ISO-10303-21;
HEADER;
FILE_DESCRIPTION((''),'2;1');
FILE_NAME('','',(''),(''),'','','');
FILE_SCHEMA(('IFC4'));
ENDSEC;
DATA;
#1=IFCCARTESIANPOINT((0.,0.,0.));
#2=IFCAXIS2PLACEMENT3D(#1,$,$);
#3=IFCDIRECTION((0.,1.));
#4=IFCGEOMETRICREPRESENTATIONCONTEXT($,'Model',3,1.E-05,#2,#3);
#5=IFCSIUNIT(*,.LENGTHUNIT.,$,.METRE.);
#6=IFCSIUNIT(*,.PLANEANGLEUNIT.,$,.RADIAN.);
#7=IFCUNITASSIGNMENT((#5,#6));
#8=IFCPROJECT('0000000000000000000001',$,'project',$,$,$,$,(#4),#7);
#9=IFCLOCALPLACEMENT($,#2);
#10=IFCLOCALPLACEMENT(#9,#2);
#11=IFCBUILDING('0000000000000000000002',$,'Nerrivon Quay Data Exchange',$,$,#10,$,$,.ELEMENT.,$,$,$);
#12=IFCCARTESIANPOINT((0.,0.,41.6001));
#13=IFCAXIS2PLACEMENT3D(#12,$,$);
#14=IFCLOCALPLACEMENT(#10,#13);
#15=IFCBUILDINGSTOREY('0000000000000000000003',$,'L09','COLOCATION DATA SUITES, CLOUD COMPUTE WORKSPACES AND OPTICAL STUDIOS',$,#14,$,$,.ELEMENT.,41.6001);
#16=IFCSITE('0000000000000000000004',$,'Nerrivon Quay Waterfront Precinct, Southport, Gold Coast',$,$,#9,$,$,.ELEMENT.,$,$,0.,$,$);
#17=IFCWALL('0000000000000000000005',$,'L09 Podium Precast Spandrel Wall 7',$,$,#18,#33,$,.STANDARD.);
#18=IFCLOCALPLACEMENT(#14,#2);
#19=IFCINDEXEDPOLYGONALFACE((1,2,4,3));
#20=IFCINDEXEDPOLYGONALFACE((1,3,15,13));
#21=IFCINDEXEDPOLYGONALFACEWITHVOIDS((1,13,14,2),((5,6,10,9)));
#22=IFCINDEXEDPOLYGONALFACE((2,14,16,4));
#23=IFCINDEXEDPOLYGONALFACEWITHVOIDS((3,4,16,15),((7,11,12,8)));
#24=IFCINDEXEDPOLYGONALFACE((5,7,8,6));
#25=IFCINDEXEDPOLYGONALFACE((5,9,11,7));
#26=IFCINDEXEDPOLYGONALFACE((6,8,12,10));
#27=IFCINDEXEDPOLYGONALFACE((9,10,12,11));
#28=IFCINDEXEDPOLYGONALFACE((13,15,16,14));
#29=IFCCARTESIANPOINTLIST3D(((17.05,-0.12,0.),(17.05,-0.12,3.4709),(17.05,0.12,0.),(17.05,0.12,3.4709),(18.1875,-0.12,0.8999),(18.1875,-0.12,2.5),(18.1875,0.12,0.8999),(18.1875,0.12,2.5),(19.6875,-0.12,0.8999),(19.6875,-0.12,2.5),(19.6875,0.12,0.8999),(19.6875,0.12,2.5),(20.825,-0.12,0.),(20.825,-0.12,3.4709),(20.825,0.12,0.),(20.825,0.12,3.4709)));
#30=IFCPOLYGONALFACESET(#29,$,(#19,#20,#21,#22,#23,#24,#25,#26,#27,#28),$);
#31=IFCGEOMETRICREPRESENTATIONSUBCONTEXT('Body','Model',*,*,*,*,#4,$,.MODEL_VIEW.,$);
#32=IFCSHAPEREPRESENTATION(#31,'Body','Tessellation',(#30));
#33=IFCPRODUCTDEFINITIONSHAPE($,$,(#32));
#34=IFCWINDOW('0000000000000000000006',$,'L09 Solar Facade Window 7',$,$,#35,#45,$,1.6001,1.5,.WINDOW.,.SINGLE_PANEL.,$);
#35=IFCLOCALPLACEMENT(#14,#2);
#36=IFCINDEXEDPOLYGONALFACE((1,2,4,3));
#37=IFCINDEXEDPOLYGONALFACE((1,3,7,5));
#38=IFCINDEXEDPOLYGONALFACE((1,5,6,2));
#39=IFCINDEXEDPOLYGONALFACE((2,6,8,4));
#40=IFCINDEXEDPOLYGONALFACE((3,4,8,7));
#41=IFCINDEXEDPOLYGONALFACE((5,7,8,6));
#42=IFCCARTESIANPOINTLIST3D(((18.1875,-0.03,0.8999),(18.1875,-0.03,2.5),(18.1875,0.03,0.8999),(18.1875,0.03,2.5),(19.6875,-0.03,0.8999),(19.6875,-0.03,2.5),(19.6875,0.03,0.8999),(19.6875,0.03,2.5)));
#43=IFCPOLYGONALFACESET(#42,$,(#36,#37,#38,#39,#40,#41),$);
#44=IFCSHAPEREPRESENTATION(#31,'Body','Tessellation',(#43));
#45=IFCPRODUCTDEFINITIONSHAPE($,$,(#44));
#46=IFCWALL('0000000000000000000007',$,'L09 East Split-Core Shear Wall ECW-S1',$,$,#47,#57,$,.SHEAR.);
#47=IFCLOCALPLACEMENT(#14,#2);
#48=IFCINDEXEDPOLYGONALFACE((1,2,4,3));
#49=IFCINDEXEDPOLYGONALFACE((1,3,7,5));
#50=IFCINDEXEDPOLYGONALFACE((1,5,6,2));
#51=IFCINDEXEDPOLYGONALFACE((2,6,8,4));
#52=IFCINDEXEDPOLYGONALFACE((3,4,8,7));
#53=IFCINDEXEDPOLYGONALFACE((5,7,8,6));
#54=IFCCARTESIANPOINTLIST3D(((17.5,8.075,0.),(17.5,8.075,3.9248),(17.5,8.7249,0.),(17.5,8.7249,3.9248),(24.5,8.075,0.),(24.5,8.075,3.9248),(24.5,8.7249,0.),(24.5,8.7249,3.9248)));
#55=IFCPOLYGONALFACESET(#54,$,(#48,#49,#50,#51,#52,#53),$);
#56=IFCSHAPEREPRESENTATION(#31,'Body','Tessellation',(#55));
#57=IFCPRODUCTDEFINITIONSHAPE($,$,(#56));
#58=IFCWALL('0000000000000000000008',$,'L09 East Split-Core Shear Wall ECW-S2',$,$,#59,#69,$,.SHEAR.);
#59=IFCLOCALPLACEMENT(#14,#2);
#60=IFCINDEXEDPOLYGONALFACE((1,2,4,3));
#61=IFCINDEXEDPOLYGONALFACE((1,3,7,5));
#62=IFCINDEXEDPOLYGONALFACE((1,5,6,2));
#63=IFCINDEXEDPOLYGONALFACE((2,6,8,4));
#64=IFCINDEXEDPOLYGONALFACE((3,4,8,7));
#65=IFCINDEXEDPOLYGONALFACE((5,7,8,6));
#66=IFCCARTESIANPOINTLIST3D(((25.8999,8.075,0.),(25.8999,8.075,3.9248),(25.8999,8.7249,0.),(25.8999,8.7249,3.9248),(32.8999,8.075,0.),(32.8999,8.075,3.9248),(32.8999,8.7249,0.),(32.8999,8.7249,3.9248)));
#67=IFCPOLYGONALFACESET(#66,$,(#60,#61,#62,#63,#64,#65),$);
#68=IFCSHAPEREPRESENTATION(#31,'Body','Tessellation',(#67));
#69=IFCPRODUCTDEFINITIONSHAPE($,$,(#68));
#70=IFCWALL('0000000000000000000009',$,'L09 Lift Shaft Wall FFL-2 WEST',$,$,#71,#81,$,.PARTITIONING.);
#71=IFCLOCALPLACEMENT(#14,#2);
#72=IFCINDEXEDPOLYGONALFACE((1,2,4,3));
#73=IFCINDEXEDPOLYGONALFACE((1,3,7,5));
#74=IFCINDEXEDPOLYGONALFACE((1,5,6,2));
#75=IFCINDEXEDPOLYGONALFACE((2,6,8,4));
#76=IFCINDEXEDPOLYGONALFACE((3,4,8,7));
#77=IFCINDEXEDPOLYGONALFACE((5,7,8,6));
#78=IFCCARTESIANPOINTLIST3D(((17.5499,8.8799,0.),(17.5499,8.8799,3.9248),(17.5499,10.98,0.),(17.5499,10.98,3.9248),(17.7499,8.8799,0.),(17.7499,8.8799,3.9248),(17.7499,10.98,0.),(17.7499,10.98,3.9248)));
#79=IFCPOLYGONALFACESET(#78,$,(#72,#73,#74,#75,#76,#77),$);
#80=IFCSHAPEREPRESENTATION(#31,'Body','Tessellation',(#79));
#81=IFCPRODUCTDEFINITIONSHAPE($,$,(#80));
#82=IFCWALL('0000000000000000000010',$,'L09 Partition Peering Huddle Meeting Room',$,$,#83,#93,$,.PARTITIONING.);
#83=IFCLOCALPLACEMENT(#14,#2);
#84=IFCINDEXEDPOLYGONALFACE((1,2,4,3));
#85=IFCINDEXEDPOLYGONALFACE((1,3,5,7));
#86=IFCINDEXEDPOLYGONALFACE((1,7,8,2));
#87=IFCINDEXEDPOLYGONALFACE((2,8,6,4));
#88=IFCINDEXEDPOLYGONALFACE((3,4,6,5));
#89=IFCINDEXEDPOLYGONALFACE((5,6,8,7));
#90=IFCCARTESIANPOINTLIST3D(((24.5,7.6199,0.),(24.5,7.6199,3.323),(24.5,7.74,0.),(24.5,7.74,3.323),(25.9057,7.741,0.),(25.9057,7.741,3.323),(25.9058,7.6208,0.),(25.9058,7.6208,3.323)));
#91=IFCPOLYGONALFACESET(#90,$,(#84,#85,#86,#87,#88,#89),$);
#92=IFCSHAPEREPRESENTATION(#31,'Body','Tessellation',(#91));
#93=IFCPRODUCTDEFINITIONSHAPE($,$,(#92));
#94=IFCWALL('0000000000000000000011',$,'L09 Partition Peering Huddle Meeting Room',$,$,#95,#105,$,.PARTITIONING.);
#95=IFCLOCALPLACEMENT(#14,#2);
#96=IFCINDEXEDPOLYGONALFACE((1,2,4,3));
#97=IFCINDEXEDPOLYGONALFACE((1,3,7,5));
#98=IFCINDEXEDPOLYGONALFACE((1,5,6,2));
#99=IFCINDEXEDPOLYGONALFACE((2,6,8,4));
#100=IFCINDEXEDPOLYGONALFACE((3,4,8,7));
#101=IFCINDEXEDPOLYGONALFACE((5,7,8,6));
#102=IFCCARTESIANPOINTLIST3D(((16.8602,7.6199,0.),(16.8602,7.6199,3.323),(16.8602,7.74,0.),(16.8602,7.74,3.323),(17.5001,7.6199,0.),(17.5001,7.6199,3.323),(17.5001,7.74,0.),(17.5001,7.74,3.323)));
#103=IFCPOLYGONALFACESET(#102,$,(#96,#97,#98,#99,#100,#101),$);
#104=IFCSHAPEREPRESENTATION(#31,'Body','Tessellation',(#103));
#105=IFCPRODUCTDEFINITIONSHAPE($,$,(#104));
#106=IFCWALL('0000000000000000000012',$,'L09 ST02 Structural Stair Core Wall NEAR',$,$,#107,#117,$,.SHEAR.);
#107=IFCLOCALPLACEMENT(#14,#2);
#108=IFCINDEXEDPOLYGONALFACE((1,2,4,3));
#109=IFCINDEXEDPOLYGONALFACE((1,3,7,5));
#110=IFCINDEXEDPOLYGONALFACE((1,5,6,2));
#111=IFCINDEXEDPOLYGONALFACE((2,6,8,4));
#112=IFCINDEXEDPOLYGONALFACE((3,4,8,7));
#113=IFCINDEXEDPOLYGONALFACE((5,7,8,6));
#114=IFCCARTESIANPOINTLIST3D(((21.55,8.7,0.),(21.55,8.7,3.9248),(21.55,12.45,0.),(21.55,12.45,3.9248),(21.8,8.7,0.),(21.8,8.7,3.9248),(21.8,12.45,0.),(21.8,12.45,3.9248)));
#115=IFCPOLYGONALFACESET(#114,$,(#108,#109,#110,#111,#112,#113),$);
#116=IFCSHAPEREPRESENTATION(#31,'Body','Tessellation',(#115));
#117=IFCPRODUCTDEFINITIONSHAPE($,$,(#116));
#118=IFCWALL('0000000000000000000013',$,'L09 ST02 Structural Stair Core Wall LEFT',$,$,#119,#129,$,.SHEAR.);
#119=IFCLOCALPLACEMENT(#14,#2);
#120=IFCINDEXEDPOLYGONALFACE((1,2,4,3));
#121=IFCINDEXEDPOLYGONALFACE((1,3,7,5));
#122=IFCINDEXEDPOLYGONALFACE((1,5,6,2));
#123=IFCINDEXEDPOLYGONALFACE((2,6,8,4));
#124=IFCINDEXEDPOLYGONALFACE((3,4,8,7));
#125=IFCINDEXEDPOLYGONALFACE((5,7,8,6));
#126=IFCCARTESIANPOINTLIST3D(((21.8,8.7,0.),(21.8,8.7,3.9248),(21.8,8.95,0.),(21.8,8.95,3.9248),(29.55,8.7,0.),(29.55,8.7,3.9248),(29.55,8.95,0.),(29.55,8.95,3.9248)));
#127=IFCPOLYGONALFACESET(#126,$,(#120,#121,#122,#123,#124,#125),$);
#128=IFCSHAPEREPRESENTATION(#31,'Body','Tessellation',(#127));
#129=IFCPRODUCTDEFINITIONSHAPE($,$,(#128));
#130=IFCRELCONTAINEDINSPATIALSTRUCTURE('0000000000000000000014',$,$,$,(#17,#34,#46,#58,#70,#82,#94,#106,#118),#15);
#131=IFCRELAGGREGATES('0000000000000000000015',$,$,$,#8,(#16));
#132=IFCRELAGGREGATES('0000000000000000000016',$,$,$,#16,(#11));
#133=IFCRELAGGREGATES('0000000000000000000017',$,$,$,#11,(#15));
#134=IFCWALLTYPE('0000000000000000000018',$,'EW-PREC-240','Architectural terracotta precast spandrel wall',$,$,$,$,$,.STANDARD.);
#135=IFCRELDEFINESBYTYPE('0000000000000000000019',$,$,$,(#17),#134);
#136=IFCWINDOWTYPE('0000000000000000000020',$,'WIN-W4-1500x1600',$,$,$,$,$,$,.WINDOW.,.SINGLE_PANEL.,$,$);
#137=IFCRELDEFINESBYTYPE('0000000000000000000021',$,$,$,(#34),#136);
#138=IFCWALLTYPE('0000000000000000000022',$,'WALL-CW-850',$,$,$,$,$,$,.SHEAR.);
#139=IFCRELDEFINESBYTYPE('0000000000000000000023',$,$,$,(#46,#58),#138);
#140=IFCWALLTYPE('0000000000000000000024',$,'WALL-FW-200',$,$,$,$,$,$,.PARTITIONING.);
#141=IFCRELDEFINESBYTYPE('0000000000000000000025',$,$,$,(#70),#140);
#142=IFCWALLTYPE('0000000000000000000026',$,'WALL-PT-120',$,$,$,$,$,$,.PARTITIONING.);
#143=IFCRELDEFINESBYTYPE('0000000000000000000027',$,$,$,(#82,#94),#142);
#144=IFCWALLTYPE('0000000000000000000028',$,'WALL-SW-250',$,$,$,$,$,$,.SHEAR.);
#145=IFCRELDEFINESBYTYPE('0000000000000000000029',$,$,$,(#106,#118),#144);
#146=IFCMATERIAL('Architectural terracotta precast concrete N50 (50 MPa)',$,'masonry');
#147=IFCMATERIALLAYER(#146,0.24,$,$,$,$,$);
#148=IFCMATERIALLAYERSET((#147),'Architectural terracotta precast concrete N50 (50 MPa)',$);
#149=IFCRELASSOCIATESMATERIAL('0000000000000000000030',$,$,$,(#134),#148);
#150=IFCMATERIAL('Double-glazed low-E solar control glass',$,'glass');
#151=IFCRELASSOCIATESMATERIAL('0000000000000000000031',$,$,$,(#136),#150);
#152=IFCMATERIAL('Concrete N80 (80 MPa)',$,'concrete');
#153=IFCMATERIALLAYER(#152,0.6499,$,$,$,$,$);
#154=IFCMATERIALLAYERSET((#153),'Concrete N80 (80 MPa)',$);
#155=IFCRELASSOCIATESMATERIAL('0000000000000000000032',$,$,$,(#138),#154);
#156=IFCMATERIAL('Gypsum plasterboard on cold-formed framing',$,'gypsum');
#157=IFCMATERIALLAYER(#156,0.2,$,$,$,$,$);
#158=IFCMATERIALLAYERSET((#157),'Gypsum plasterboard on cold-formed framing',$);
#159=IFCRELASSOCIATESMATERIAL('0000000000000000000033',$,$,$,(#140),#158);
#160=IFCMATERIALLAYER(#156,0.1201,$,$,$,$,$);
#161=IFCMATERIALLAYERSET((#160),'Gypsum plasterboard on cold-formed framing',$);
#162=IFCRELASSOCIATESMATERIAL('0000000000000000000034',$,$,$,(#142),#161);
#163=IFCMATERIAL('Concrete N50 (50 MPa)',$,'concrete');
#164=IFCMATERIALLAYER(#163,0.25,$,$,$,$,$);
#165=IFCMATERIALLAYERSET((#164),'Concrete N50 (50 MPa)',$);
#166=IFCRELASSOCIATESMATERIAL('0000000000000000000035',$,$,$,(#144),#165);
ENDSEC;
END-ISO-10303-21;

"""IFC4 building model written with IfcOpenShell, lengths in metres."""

from ifc_helpers import new_model, si_unit, direction, frame, frame_2d, origin, place, context, subcontext, project, spatial, rectangle, extrude, material, layer, layer_set, type_object, element, fill, save


model = new_model("IFC4")

# Units and contexts
model_context = context("Model", 3, precision=1e-05, world=origin(), true_north=direction((0.0, 1.0)))
body_context = subcontext(model_context, "Body", "Model", "MODEL_VIEW")
ifc_project = project(units=[si_unit("LENGTHUNIT", "METRE"), si_unit("PLANEANGLEUNIT", "RADIAN")], contexts=[model_context])

# Site, building, storey
site_placement = place(None, origin())
site = spatial("IfcSite", under=ifc_project, at=site_placement, Name="Nerrivon Quay Waterfront Precinct, Southport, Gold Coast", CompositionType="ELEMENT", RefElevation=0.0)
building_placement = place(site_placement, origin())
building = spatial("IfcBuilding", under=site, at=building_placement, Name="Nerrivon Quay Data Exchange", CompositionType="ELEMENT")
storey_placement = place(building_placement, frame((0.0, 0.0, 41.6001)))
storey = spatial("IfcBuildingStorey", under=building, at=storey_placement, Name="L09", Description="COLOCATION DATA SUITES, CLOUD COMPUTE WORKSPACES AND OPTICAL STUDIOS", CompositionType="ELEMENT", Elevation=41.6001)

# Shared definitions
ifc_material_1 = material(Name="Concrete N80 (80 MPa)", Category="concrete")
ifc_material_2 = material(Name="Concrete N50 (50 MPa)", Category="concrete")

# Shared definitions
ifc_material_3 = material(Name="Double-glazed low-E solar control glass", Category="glass")

# Wall, opening, window
ifc_material_4 = material(Name="Architectural terracotta precast concrete N50 (50 MPa)", Category="masonry")
ifc_layer_1 = layer(ifc_material_4, 0.24)
ifc_layer_set_1 = layer_set([ifc_layer_1], Name="Architectural terracotta precast concrete N50 (50 MPa)")
wall_type_1 = type_object("IfcWallType", Name="EW-PREC-240", Description="Architectural terracotta precast spandrel wall", PredefinedType="STANDARD", material=ifc_layer_set_1)
window_type = type_object("IfcWindowType", Name="WIN-W4-1500x1600", PartitioningType="SINGLE_PANEL", PredefinedType="WINDOW", material=ifc_material_3)
wall_1_placement = place(storey_placement, frame((20.825, 0.0, 0.0), z_axis=(0.0, 0.0, 1.0), x_axis=(-1.0, 0.0, 0.0)))
wall_1 = element("IfcWall", 1, at=wall_1_placement, inside=storey, type_object=wall_type_1, Name="L09 Podium Precast Spandrel Wall 7", PredefinedType="STANDARD", context=body_context, shape_type="SweptSolid", body=[
    extrude(rectangle(XDim=3.7749, YDim=0.24, at=frame_2d((1.8875, 0.0))), origin(), (0.0, 0.0, 1.0), 3.4709),
])
opening_1_placement = place(wall_1_placement, frame((1.1375, 0.0, 0.8999)))
opening_1 = element("IfcOpeningElement", 2, at=opening_1_placement, cuts=wall_1, PredefinedType="OPENING", context=body_context, shape_type="SweptSolid", body=[
    extrude(rectangle(XDim=1.5, YDim=1.6001, at=frame_2d((0.75, 0.8))), frame((0.0, 0.1299, 0.0), z_axis=(0.0, -1.0, 0.0), x_axis=(1.0, 0.0, 0.0)), (0.0, 0.0, 1.0), 0.26),
])
window_1_placement = place(opening_1_placement, origin())
window_1 = element("IfcWindow", 3, at=window_1_placement, inside=storey, type_object=window_type, Name="L09 Solar Facade Window 7", OverallHeight=1.6001, OverallWidth=1.5, PartitioningType="SINGLE_PANEL", PredefinedType="WINDOW", context=body_context, shape_type="SweptSolid", body=[
    extrude(rectangle(XDim=1.5, YDim=1.6001, at=frame_2d((0.75, 0.8))), frame((0.0, 0.03, 0.0), z_axis=(0.0, -1.0, 0.0), x_axis=(1.0, 0.0, 0.0)), (0.0, 0.0, 1.0), 0.0601),
])
fill(opening_1, window_1)

# Walls
ifc_layer_2 = layer(ifc_material_1, 0.6499)
ifc_layer_set_2 = layer_set([ifc_layer_2], Name="Concrete N80 (80 MPa)")
wall_type_2 = type_object("IfcWallType", Name="WALL-CW-850", PredefinedType="SHEAR", material=ifc_layer_set_2)
for number, where, z_axis, x_axis, name in (
    (4, (17.5, 8.3999, 0.0), (0.0, 0.0, 1.0), (1.0, 0.0, 0.0), "L09 East Split-Core Shear Wall ECW-S1"),
    (5, (25.8999, 8.3999, 0.0), (0.0, 0.0, 1.0), (1.0, 0.0, 0.0), "L09 East Split-Core Shear Wall ECW-S2"),
):
    element("IfcWall", number, at=place(storey_placement, frame(where, z_axis=z_axis, x_axis=x_axis)), inside=storey, type_object=wall_type_2, Name=name, PredefinedType="SHEAR", context=body_context, shape_type="SweptSolid", body=[
        extrude(rectangle(XDim=7.0, YDim=0.6499, at=frame_2d((3.5, 0.0))), origin(), (0.0, 0.0, 1.0), 3.9248),
    ])
ifc_material_5 = material(Name="Gypsum plasterboard on cold-formed framing", Category="gypsum")
ifc_layer_3 = layer(ifc_material_5, 0.2)
ifc_layer_set_3 = layer_set([ifc_layer_3], Name="Gypsum plasterboard on cold-formed framing")
wall_type_3 = type_object("IfcWallType", Name="WALL-FW-200", PredefinedType="PARTITIONING", material=ifc_layer_set_3)
wall_2_placement = place(storey_placement, frame((17.6499, 8.8799, 0.0), z_axis=(0.0, 0.0, 1.0), x_axis=(0.0, 1.0, 0.0)))
element("IfcWall", 6, at=wall_2_placement, inside=storey, type_object=wall_type_3, Name="L09 Lift Shaft Wall FFL-2 WEST", PredefinedType="PARTITIONING", context=body_context, shape_type="SweptSolid", body=[
    extrude(rectangle(XDim=2.1001, YDim=0.2, at=frame_2d((1.05, 0.0))), origin(), (0.0, 0.0, 1.0), 3.9248),
])
ifc_layer_4 = layer(ifc_material_5, 0.1201)
ifc_layer_set_4 = layer_set([ifc_layer_4], Name="Gypsum plasterboard on cold-formed framing")
wall_type_4 = type_object("IfcWallType", Name="WALL-PT-120", PredefinedType="PARTITIONING", material=ifc_layer_set_4)
wall_3_placement = place(storey_placement, frame((25.9058, 7.6809, 0.0), z_axis=(0.0, 0.0, 1.0), x_axis=(-1.0, -0.000695, 0.0)))
element("IfcWall", 7, at=wall_3_placement, inside=storey, type_object=wall_type_4, Name="L09 Partition Peering Huddle Meeting Room", PredefinedType="PARTITIONING", context=body_context, shape_type="SweptSolid", body=[
    extrude(rectangle(XDim=1.4058, YDim=0.1201, at=frame_2d((0.7029, 0.0))), origin(), (0.0, 0.0, 1.0), 3.323),
])
wall_4_placement = place(storey_placement, frame((17.5, 7.6799, 0.0), z_axis=(0.0, 0.0, 1.0), x_axis=(-1.0, 0.0, 0.0)))
element("IfcWall", 8, at=wall_4_placement, inside=storey, type_object=wall_type_4, Name="L09 Partition Peering Huddle Meeting Room", PredefinedType="PARTITIONING", context=body_context, shape_type="SweptSolid", body=[
    extrude(rectangle(XDim=0.6399, YDim=0.1201, at=frame_2d((0.3198, 0.0))), origin(), (0.0, 0.0, 1.0), 3.323),
])

# Walls
ifc_layer_5 = layer(ifc_material_2, 0.25)
ifc_layer_set_5 = layer_set([ifc_layer_5], Name="Concrete N50 (50 MPa)")
wall_type_5 = type_object("IfcWallType", Name="WALL-SW-250", PredefinedType="SHEAR", material=ifc_layer_set_5)
wall_5_placement = place(storey_placement, frame((21.675, 8.7, 0.0), z_axis=(0.0, 0.0, 1.0), x_axis=(0.0, 1.0, 0.0)))
element("IfcWall", 9, at=wall_5_placement, inside=storey, type_object=wall_type_5, Name="L09 ST02 Structural Stair Core Wall NEAR", PredefinedType="SHEAR", context=body_context, shape_type="SweptSolid", body=[
    extrude(rectangle(XDim=3.75, YDim=0.25, at=frame_2d((1.875, 0.0))), origin(), (0.0, 0.0, 1.0), 3.9248),
])
wall_6_placement = place(storey_placement, frame((21.8, 8.825, 0.0), z_axis=(0.0, 0.0, 1.0), x_axis=(1.0, 0.0, 0.0)))
element("IfcWall", 10, at=wall_6_placement, inside=storey, type_object=wall_type_5, Name="L09 ST02 Structural Stair Core Wall LEFT", PredefinedType="SHEAR", context=body_context, shape_type="SweptSolid", body=[
    extrude(rectangle(XDim=7.75, YDim=0.25, at=frame_2d((3.875, 0.0))), origin(), (0.0, 0.0, 1.0), 3.9248),
])

save(model, "model.ifc")
